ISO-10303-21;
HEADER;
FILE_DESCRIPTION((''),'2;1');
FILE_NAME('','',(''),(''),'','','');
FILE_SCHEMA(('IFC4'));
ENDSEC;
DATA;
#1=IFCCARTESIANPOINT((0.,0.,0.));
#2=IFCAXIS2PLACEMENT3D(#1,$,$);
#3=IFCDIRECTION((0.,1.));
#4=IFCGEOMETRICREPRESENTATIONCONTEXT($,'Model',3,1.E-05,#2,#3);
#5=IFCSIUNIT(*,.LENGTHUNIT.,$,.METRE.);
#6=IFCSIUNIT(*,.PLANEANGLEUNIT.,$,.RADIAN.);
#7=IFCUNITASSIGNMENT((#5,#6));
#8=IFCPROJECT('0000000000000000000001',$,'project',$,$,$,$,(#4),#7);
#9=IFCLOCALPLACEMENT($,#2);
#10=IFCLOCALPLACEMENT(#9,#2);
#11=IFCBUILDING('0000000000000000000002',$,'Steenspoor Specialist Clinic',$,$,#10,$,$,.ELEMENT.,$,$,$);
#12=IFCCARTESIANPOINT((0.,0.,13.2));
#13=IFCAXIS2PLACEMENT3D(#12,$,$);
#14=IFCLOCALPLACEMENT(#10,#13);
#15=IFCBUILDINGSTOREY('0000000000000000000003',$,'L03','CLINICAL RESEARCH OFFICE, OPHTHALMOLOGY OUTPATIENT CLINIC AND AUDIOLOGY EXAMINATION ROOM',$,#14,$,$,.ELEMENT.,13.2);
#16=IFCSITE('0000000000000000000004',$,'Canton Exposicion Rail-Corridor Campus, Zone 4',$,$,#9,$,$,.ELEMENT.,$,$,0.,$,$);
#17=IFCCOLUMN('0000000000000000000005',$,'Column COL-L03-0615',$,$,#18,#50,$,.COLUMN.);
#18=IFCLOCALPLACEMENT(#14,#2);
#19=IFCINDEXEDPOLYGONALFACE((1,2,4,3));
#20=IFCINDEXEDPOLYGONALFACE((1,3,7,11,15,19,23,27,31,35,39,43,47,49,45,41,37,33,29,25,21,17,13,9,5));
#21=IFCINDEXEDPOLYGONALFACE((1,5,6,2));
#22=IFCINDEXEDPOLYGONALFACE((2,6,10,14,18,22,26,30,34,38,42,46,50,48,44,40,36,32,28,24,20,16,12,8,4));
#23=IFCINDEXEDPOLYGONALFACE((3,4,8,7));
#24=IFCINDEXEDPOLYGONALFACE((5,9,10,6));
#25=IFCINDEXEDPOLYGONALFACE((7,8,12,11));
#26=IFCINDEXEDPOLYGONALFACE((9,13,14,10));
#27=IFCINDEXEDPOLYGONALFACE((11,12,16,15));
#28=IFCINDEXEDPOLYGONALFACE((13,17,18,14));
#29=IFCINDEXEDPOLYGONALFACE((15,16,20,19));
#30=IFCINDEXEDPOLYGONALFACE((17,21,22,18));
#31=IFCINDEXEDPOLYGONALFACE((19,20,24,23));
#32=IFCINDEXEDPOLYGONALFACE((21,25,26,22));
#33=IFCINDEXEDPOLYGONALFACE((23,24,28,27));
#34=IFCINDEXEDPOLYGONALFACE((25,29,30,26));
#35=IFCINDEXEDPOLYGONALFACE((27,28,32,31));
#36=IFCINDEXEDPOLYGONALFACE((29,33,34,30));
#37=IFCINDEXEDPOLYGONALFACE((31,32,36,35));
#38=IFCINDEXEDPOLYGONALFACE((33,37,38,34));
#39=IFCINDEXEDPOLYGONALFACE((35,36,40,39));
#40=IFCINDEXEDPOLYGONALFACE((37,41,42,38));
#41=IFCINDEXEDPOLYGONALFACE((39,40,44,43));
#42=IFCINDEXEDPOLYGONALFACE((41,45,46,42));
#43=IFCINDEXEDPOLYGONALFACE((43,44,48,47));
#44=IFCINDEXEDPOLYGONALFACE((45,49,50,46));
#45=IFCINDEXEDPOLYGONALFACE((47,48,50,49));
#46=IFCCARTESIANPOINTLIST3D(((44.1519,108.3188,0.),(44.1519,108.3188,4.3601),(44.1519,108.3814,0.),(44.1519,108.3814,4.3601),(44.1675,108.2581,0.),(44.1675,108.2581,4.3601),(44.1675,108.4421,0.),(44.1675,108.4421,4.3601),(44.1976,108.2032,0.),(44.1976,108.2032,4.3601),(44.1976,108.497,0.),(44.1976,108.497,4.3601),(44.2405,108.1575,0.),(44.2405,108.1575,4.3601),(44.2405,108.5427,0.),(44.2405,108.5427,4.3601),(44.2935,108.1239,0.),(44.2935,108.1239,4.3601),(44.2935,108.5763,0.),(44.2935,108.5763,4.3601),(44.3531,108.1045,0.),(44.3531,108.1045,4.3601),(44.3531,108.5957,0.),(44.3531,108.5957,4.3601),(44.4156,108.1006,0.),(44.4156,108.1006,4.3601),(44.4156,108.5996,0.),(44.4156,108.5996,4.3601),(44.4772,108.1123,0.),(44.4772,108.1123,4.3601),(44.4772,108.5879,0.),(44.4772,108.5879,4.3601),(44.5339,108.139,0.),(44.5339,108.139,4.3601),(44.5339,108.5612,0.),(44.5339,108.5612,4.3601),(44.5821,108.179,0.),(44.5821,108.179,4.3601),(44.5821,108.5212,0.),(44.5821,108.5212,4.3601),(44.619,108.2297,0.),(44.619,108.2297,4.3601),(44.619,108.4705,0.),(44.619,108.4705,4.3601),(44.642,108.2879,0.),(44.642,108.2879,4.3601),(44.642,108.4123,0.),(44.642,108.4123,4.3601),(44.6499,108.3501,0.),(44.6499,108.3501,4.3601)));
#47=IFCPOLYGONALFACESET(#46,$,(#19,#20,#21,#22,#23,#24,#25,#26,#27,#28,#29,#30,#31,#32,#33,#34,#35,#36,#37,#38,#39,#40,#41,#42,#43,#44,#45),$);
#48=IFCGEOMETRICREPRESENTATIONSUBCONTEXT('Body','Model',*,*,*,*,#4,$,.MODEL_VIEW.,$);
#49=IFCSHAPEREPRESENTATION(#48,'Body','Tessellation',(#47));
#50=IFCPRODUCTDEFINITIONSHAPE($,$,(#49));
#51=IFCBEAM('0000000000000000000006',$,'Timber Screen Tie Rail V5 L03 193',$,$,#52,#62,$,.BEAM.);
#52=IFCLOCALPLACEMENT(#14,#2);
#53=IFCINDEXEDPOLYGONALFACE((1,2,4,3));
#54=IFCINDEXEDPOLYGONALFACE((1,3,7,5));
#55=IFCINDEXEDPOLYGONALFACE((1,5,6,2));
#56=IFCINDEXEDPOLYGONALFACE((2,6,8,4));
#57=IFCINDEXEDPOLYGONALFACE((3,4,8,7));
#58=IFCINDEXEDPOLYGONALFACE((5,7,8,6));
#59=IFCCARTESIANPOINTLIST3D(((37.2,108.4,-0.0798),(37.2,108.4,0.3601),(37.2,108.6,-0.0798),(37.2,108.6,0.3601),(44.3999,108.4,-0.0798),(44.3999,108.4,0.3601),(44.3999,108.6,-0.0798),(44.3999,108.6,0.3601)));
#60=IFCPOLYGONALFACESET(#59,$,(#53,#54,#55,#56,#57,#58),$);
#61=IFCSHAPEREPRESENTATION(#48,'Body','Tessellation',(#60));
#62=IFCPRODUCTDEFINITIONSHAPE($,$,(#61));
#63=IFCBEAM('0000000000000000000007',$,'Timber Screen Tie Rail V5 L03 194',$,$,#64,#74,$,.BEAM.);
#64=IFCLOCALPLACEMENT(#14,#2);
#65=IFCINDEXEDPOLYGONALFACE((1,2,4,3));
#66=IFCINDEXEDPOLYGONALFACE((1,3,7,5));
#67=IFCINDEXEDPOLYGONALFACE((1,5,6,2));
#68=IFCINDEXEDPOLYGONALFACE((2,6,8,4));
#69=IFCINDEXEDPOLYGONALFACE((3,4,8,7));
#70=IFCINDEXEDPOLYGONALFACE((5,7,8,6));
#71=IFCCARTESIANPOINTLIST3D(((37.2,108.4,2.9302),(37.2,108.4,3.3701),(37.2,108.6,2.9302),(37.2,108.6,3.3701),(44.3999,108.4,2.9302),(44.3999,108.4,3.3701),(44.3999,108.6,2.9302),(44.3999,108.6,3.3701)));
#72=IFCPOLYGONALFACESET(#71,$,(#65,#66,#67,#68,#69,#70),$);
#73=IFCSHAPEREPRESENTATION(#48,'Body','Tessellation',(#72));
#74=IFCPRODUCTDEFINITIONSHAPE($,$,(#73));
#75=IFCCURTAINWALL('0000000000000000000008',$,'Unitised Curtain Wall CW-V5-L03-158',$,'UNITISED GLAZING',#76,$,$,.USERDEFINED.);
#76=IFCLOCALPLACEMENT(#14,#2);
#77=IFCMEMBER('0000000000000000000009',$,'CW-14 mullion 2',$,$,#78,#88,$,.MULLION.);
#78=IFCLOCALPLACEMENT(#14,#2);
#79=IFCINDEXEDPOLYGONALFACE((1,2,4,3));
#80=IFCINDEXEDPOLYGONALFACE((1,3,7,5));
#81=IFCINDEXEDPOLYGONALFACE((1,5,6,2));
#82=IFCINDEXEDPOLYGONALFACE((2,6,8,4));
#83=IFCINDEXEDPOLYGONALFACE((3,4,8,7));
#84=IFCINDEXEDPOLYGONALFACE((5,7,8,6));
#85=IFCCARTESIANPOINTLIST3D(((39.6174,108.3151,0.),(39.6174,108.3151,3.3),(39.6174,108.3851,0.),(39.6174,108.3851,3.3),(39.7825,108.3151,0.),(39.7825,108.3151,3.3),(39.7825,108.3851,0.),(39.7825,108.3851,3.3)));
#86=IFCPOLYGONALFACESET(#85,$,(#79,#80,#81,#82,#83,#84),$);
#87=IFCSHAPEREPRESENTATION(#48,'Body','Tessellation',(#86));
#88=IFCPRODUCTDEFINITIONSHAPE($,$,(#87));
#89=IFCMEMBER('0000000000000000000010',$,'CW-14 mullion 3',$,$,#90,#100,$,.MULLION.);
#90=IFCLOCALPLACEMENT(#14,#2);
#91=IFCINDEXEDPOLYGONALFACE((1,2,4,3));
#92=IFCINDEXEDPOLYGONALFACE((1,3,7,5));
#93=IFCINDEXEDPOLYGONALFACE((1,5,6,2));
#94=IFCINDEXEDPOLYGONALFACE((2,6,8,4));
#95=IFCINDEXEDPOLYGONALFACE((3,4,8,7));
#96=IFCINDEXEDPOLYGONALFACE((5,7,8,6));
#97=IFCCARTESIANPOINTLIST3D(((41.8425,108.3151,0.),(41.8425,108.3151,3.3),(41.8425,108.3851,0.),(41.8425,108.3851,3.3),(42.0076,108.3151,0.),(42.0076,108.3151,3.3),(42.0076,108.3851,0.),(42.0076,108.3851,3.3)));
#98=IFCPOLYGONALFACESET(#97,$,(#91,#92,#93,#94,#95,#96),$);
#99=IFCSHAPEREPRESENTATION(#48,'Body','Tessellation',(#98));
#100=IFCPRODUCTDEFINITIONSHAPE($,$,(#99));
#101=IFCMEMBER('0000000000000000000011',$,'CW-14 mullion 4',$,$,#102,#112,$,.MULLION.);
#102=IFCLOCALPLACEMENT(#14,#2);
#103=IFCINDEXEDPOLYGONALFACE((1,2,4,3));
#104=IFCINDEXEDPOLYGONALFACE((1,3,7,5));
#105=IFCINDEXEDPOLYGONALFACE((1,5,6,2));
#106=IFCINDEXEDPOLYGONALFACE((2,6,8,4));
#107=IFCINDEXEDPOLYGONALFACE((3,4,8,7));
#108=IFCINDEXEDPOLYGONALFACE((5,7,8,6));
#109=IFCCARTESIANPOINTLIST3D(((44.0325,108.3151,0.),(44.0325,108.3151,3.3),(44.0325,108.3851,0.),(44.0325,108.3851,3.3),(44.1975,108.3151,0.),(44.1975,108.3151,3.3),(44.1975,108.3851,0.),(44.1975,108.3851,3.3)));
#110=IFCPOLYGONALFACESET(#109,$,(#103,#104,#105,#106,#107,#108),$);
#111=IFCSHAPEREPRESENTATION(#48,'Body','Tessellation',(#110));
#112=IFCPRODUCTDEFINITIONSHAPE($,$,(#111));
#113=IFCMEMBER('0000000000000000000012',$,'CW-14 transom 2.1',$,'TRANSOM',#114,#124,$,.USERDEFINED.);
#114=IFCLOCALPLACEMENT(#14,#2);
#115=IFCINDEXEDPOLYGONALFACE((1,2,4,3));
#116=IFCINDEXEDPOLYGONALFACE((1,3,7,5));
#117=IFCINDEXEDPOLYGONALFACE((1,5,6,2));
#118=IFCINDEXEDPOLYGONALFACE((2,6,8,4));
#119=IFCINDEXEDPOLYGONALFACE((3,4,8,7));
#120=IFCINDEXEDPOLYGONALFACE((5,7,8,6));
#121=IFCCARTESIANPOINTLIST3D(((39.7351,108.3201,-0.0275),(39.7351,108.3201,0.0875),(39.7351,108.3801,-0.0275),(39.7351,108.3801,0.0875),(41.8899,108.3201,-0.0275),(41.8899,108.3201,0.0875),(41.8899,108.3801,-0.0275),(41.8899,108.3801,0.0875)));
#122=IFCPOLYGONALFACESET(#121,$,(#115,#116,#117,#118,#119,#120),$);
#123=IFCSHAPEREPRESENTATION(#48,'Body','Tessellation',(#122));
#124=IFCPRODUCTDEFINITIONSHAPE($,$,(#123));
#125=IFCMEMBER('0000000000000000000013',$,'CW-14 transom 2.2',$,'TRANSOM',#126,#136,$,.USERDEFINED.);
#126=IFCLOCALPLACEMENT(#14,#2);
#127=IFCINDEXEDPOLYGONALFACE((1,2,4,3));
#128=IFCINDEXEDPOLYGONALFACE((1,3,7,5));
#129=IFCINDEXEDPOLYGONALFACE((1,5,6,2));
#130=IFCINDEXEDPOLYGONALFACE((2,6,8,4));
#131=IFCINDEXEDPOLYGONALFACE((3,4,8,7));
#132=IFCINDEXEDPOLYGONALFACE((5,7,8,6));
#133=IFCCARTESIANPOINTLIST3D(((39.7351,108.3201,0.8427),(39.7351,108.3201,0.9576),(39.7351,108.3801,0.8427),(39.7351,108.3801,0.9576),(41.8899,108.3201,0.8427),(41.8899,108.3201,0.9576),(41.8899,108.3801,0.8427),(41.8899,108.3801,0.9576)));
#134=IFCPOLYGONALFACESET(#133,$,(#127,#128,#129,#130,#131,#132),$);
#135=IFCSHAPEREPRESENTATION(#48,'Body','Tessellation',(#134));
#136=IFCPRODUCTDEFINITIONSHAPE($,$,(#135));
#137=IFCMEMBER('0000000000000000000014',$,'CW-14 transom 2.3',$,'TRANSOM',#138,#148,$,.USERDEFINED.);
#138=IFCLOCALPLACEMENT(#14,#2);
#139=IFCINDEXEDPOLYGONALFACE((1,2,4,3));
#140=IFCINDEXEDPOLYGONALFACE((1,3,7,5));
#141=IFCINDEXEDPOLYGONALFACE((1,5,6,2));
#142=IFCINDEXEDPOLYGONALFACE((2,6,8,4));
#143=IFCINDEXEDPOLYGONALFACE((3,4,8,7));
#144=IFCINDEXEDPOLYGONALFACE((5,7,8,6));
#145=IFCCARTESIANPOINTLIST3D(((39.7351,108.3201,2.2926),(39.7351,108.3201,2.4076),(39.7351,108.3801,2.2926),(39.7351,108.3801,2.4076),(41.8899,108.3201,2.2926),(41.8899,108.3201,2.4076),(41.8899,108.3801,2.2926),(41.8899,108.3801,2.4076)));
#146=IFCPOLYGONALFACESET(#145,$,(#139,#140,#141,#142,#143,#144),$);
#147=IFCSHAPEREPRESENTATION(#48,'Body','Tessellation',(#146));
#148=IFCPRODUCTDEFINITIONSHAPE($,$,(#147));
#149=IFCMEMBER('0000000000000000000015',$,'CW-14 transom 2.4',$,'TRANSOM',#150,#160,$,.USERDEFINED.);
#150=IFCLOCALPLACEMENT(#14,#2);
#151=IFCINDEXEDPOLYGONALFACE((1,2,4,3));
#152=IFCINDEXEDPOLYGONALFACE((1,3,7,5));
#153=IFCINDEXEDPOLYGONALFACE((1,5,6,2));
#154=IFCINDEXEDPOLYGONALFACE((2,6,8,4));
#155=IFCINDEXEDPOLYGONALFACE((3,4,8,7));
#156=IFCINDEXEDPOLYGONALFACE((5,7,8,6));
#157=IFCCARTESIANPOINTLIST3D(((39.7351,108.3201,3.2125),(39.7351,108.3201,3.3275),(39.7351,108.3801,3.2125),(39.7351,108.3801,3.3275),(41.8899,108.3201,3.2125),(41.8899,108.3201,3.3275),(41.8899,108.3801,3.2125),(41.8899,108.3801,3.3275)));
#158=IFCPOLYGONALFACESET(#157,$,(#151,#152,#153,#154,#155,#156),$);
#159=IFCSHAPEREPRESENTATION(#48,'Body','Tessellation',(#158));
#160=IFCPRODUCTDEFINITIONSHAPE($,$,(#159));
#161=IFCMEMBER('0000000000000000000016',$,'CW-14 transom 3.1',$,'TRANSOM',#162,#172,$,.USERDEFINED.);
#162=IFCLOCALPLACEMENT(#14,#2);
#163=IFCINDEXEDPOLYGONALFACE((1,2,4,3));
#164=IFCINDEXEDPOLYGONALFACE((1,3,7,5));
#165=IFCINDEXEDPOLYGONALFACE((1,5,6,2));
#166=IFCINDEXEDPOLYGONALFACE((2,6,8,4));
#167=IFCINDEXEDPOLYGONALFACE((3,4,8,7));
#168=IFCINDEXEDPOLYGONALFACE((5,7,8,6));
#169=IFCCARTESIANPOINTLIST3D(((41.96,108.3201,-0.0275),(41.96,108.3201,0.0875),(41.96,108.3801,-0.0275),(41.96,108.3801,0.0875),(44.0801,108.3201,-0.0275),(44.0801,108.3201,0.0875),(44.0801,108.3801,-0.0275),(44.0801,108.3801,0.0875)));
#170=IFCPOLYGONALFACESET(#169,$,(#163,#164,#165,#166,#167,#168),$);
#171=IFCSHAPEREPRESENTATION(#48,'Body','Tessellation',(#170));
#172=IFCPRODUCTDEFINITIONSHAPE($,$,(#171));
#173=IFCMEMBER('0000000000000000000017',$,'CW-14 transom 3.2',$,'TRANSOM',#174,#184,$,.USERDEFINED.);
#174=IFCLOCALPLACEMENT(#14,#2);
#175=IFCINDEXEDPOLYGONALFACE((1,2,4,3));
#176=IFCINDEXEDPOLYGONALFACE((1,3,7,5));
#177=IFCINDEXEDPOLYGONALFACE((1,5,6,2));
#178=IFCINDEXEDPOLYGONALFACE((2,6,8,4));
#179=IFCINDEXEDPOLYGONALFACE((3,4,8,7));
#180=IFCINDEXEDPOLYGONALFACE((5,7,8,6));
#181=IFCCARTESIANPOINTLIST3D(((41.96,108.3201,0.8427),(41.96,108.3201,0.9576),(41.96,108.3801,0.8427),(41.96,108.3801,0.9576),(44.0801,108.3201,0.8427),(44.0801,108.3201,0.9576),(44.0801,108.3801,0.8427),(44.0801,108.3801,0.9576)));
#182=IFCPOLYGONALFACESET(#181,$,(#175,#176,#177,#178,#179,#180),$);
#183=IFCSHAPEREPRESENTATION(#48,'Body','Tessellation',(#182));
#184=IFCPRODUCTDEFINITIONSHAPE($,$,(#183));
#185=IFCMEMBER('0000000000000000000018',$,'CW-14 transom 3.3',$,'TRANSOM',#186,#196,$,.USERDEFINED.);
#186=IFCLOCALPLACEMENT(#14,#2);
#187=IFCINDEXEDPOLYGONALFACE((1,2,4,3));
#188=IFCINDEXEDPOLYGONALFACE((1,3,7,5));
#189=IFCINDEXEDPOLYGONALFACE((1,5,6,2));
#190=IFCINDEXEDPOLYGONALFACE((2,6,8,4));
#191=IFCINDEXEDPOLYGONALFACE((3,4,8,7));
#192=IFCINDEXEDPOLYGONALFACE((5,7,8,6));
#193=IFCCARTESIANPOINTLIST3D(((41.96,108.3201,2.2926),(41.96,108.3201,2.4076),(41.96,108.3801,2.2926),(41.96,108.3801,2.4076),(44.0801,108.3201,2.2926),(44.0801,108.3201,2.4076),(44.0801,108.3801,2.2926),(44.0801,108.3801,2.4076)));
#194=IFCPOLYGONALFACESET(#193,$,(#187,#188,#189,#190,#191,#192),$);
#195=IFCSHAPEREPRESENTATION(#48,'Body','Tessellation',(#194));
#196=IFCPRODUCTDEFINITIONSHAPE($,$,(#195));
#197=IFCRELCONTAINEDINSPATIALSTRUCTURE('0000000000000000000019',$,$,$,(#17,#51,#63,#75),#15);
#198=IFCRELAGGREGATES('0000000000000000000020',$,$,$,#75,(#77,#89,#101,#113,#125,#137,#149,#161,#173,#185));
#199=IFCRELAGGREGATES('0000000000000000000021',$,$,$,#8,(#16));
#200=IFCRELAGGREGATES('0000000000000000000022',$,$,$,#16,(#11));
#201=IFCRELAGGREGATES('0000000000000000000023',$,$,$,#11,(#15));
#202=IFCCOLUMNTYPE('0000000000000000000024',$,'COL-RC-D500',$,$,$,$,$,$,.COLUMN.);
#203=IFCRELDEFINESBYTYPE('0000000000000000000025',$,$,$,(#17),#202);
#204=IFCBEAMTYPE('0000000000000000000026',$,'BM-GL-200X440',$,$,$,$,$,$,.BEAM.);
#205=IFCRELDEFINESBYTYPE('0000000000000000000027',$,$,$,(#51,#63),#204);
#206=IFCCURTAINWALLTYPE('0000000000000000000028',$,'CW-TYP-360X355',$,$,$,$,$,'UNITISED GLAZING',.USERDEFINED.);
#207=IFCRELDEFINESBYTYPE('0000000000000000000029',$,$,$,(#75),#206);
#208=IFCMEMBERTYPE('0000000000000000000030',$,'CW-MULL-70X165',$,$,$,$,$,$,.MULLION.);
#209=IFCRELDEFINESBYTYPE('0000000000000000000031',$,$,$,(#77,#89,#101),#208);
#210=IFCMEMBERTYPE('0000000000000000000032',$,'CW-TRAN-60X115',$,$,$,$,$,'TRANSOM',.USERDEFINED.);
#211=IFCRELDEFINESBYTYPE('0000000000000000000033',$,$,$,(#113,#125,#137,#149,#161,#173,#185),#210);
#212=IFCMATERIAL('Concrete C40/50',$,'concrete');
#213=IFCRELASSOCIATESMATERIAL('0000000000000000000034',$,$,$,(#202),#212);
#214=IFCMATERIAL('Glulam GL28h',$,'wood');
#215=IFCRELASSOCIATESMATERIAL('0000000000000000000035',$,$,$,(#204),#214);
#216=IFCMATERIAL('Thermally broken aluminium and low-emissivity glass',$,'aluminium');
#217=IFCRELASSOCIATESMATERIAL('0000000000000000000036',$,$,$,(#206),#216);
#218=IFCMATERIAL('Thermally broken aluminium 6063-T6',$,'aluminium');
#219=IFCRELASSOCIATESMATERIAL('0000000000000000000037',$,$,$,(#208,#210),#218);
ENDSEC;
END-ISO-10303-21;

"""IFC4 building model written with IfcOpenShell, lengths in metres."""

from ifc_helpers import new_model, si_unit, direction, frame, origin, origin_2d, place, context, subcontext, project, spatial, rectangle, circle, extrude, material, material_profile, profile_set, type_object, element, aggregate, save


model = new_model("IFC4")

# Units and contexts
model_context = context("Model", 3, precision=1e-05, world=origin(), true_north=direction((0.0, 1.0)))
body_context = subcontext(model_context, "Body", "Model", "MODEL_VIEW")
ifc_project = project(units=[si_unit("LENGTHUNIT", "METRE"), si_unit("PLANEANGLEUNIT", "RADIAN")], contexts=[model_context])

# Site, building, storey
site_placement = place(None, origin())
site = spatial("IfcSite", under=ifc_project, at=site_placement, Name="Canton Exposicion Rail-Corridor Campus, Zone 4", CompositionType="ELEMENT", RefElevation=0.0)
building_placement = place(site_placement, origin())
building = spatial("IfcBuilding", under=site, at=building_placement, Name="Steenspoor Specialist Clinic", CompositionType="ELEMENT")
storey_placement = place(building_placement, frame((0.0, 0.0, 13.2)))
storey = spatial("IfcBuildingStorey", under=building, at=storey_placement, Name="L03", Description="CLINICAL RESEARCH OFFICE, OPHTHALMOLOGY OUTPATIENT CLINIC AND AUDIOLOGY EXAMINATION ROOM", CompositionType="ELEMENT", Elevation=13.2)

# Column
ifc_material_1 = material(Name="Concrete C40/50", Category="concrete")
ifc_material_profile_1 = material_profile(ifc_material_1, circle(Radius=0.25, at=origin_2d()), Name="RC-COL-D500")
ifc_profile_set_1 = profile_set([ifc_material_profile_1], Name="Concrete C40/50")
column_type = type_object("IfcColumnType", Name="COL-RC-D500", PredefinedType="COLUMN", material=ifc_profile_set_1)
column_placement = place(storey_placement, frame((44.3999, 108.3501, 0.0), z_axis=(0.0, 0.0, 1.0), x_axis=(1.0, 0.0, 0.0)))
element("IfcColumn", 1, at=column_placement, inside=storey, type_object=column_type, Name="Column COL-L03-0615", PredefinedType="COLUMN", context=body_context, shape_type="SweptSolid", body=[
    extrude(circle(Radius=0.25, at=origin_2d()), origin(), (0.0, 0.0, 1.0), 4.3601),
])

# Beams
ifc_material_2 = material(Name="Glulam GL28h", Category="wood")
ifc_material_profile_2 = material_profile(ifc_material_2, rectangle(XDim=0.2, YDim=0.4399, at=origin_2d()), Name="GL28H-200X440")
ifc_profile_set_2 = profile_set([ifc_material_profile_2], Name="Glulam GL28h")
beam_type = type_object("IfcBeamType", Name="BM-GL-200X440", PredefinedType="BEAM", material=ifc_profile_set_2)
for number, where, z_axis, x_axis, name in (
    (2, (37.2, 108.5, 0.1401), (1.0, 0.0, 0.0), (0.0, 1.0, 0.0), "Timber Screen Tie Rail V5 L03 193"),
    (3, (37.2, 108.5, 3.1501), (1.0, 0.0, 0.0), (0.0, 1.0, 0.0), "Timber Screen Tie Rail V5 L03 194"),
):
    element("IfcBeam", number, at=place(storey_placement, frame(where, z_axis=z_axis, x_axis=x_axis)), inside=storey, type_object=beam_type, Name=name, PredefinedType="BEAM", context=body_context, shape_type="SweptSolid", body=[
        extrude(rectangle(XDim=0.2, YDim=0.4399, at=origin_2d()), origin(), (0.0, 0.0, 1.0), 7.2),
    ])

# Curtain wall, members
ifc_material_3 = material(Name="Thermally broken aluminium and low-emissivity glass", Category="aluminium")
curtain_wall_type = type_object("IfcCurtainWallType", Name="CW-TYP-360X355", ElementType="UNITISED GLAZING", PredefinedType="USERDEFINED", material=ifc_material_3)
curtain_wall_placement = place(storey_placement, origin())
curtain_wall = element("IfcCurtainWall", 4, at=curtain_wall_placement, inside=storey, type_object=curtain_wall_type, Name="Unitised Curtain Wall CW-V5-L03-158", ObjectType="UNITISED GLAZING", PredefinedType="USERDEFINED")
ifc_material_4 = material(Name="Thermally broken aluminium 6063-T6", Category="aluminium")
ifc_material_profile_3 = material_profile(ifc_material_4, rectangle(XDim=0.0701, YDim=0.165, at=origin_2d()), Name="CWM-70X165")
ifc_profile_set_3 = profile_set([ifc_material_profile_3], Name="Thermally broken aluminium 6063-T6")
member_type_1 = type_object("IfcMemberType", Name="CW-MULL-70X165", PredefinedType="MULLION", material=ifc_profile_set_3)
member_1_placement = place(storey_placement, frame((39.7, 108.3501, 0.0), z_axis=(0.0, 0.0, 1.0), x_axis=(0.0, 1.0, 0.0)))
member_1 = element("IfcMember", 5, at=member_1_placement, type_object=member_type_1, Name="CW-14 mullion 2", PredefinedType="MULLION", context=body_context, shape_type="SweptSolid", body=[
    extrude(rectangle(XDim=0.0701, YDim=0.165, at=origin_2d()), origin(), (0.0, 0.0, 1.0), 3.3),
])
member_2_placement = place(storey_placement, frame((41.925, 108.3501, 0.0), z_axis=(0.0, 0.0, 1.0), x_axis=(0.0, 1.0, 0.0)))
member_2 = element("IfcMember", 6, at=member_2_placement, type_object=member_type_1, Name="CW-14 mullion 3", PredefinedType="MULLION", context=body_context, shape_type="SweptSolid", body=[
    extrude(rectangle(XDim=0.0701, YDim=0.165, at=origin_2d()), origin(), (0.0, 0.0, 1.0), 3.3),
])
member_3_placement = place(storey_placement, frame((44.115, 108.3501, 0.0), z_axis=(0.0, 0.0, 1.0), x_axis=(0.0, 1.0, 0.0)))
member_3 = element("IfcMember", 7, at=member_3_placement, type_object=member_type_1, Name="CW-14 mullion 4", PredefinedType="MULLION", context=body_context, shape_type="SweptSolid", body=[
    extrude(rectangle(XDim=0.0701, YDim=0.165, at=origin_2d()), origin(), (0.0, 0.0, 1.0), 3.3),
])
ifc_material_profile_4 = material_profile(ifc_material_4, rectangle(XDim=0.0601, YDim=0.115, at=origin_2d()), Name="CWT-60X115")
ifc_profile_set_4 = profile_set([ifc_material_profile_4], Name="Thermally broken aluminium 6063-T6")
member_type_2 = type_object("IfcMemberType", Name="CW-TRAN-60X115", ElementType="TRANSOM", PredefinedType="USERDEFINED", material=ifc_profile_set_4)
member_4_placement = place(storey_placement, frame((39.7351, 108.3501, 0.03), z_axis=(1.0, 0.0, 0.0), x_axis=(0.0, 1.0, 0.0)))
member_4 = element("IfcMember", 8, at=member_4_placement, type_object=member_type_2, Name="CW-14 transom 2.1", ObjectType="TRANSOM", PredefinedType="USERDEFINED", context=body_context, shape_type="SweptSolid", body=[
    extrude(rectangle(XDim=0.0601, YDim=0.115, at=origin_2d()), origin(), (0.0, 0.0, 1.0), 2.1548),
])
member_5_placement = place(storey_placement, frame((39.7351, 108.3501, 0.9001), z_axis=(1.0, 0.0, 0.0), x_axis=(0.0, 1.0, 0.0)))
member_5 = element("IfcMember", 9, at=member_5_placement, type_object=member_type_2, Name="CW-14 transom 2.2", ObjectType="TRANSOM", PredefinedType="USERDEFINED", context=body_context, shape_type="SweptSolid", body=[
    extrude(rectangle(XDim=0.0601, YDim=0.115, at=origin_2d()), origin(), (0.0, 0.0, 1.0), 2.1548),
])
member_6_placement = place(storey_placement, frame((39.7351, 108.3501, 2.3501), z_axis=(1.0, 0.0, 0.0), x_axis=(0.0, 1.0, 0.0)))
member_6 = element("IfcMember", 10, at=member_6_placement, type_object=member_type_2, Name="CW-14 transom 2.3", ObjectType="TRANSOM", PredefinedType="USERDEFINED", context=body_context, shape_type="SweptSolid", body=[
    extrude(rectangle(XDim=0.0601, YDim=0.115, at=origin_2d()), origin(), (0.0, 0.0, 1.0), 2.1548),
])
member_7_placement = place(storey_placement, frame((39.7351, 108.3501, 3.27), z_axis=(1.0, 0.0, 0.0), x_axis=(0.0, 1.0, 0.0)))
member_7 = element("IfcMember", 11, at=member_7_placement, type_object=member_type_2, Name="CW-14 transom 2.4", ObjectType="TRANSOM", PredefinedType="USERDEFINED", context=body_context, shape_type="SweptSolid", body=[
    extrude(rectangle(XDim=0.0601, YDim=0.115, at=origin_2d()), origin(), (0.0, 0.0, 1.0), 2.1548),
])
member_8_placement = place(storey_placement, frame((41.96, 108.3501, 0.03), z_axis=(1.0, 0.0, 0.0), x_axis=(0.0, 1.0, 0.0)))
member_8 = element("IfcMember", 12, at=member_8_placement, type_object=member_type_2, Name="CW-14 transom 3.1", ObjectType="TRANSOM", PredefinedType="USERDEFINED", context=body_context, shape_type="SweptSolid", body=[
    extrude(rectangle(XDim=0.0601, YDim=0.115, at=origin_2d()), origin(), (0.0, 0.0, 1.0), 2.1201),
])
member_9_placement = place(storey_placement, frame((41.96, 108.3501, 0.9001), z_axis=(1.0, 0.0, 0.0), x_axis=(0.0, 1.0, 0.0)))
member_9 = element("IfcMember", 13, at=member_9_placement, type_object=member_type_2, Name="CW-14 transom 3.2", ObjectType="TRANSOM", PredefinedType="USERDEFINED", context=body_context, shape_type="SweptSolid", body=[
    extrude(rectangle(XDim=0.0601, YDim=0.115, at=origin_2d()), origin(), (0.0, 0.0, 1.0), 2.1201),
])
member_10_placement = place(storey_placement, frame((41.96, 108.3501, 2.3501), z_axis=(1.0, 0.0, 0.0), x_axis=(0.0, 1.0, 0.0)))
member_10 = element("IfcMember", 14, at=member_10_placement, type_object=member_type_2, Name="CW-14 transom 3.3", ObjectType="TRANSOM", PredefinedType="USERDEFINED", context=body_context, shape_type="SweptSolid", body=[
    extrude(rectangle(XDim=0.0601, YDim=0.115, at=origin_2d()), origin(), (0.0, 0.0, 1.0), 2.1201),
])

aggregate(curtain_wall, [member_1, member_2, member_3, member_4, member_5, member_6, member_7, member_8, member_9, member_10])

save(model, "model.ifc")
